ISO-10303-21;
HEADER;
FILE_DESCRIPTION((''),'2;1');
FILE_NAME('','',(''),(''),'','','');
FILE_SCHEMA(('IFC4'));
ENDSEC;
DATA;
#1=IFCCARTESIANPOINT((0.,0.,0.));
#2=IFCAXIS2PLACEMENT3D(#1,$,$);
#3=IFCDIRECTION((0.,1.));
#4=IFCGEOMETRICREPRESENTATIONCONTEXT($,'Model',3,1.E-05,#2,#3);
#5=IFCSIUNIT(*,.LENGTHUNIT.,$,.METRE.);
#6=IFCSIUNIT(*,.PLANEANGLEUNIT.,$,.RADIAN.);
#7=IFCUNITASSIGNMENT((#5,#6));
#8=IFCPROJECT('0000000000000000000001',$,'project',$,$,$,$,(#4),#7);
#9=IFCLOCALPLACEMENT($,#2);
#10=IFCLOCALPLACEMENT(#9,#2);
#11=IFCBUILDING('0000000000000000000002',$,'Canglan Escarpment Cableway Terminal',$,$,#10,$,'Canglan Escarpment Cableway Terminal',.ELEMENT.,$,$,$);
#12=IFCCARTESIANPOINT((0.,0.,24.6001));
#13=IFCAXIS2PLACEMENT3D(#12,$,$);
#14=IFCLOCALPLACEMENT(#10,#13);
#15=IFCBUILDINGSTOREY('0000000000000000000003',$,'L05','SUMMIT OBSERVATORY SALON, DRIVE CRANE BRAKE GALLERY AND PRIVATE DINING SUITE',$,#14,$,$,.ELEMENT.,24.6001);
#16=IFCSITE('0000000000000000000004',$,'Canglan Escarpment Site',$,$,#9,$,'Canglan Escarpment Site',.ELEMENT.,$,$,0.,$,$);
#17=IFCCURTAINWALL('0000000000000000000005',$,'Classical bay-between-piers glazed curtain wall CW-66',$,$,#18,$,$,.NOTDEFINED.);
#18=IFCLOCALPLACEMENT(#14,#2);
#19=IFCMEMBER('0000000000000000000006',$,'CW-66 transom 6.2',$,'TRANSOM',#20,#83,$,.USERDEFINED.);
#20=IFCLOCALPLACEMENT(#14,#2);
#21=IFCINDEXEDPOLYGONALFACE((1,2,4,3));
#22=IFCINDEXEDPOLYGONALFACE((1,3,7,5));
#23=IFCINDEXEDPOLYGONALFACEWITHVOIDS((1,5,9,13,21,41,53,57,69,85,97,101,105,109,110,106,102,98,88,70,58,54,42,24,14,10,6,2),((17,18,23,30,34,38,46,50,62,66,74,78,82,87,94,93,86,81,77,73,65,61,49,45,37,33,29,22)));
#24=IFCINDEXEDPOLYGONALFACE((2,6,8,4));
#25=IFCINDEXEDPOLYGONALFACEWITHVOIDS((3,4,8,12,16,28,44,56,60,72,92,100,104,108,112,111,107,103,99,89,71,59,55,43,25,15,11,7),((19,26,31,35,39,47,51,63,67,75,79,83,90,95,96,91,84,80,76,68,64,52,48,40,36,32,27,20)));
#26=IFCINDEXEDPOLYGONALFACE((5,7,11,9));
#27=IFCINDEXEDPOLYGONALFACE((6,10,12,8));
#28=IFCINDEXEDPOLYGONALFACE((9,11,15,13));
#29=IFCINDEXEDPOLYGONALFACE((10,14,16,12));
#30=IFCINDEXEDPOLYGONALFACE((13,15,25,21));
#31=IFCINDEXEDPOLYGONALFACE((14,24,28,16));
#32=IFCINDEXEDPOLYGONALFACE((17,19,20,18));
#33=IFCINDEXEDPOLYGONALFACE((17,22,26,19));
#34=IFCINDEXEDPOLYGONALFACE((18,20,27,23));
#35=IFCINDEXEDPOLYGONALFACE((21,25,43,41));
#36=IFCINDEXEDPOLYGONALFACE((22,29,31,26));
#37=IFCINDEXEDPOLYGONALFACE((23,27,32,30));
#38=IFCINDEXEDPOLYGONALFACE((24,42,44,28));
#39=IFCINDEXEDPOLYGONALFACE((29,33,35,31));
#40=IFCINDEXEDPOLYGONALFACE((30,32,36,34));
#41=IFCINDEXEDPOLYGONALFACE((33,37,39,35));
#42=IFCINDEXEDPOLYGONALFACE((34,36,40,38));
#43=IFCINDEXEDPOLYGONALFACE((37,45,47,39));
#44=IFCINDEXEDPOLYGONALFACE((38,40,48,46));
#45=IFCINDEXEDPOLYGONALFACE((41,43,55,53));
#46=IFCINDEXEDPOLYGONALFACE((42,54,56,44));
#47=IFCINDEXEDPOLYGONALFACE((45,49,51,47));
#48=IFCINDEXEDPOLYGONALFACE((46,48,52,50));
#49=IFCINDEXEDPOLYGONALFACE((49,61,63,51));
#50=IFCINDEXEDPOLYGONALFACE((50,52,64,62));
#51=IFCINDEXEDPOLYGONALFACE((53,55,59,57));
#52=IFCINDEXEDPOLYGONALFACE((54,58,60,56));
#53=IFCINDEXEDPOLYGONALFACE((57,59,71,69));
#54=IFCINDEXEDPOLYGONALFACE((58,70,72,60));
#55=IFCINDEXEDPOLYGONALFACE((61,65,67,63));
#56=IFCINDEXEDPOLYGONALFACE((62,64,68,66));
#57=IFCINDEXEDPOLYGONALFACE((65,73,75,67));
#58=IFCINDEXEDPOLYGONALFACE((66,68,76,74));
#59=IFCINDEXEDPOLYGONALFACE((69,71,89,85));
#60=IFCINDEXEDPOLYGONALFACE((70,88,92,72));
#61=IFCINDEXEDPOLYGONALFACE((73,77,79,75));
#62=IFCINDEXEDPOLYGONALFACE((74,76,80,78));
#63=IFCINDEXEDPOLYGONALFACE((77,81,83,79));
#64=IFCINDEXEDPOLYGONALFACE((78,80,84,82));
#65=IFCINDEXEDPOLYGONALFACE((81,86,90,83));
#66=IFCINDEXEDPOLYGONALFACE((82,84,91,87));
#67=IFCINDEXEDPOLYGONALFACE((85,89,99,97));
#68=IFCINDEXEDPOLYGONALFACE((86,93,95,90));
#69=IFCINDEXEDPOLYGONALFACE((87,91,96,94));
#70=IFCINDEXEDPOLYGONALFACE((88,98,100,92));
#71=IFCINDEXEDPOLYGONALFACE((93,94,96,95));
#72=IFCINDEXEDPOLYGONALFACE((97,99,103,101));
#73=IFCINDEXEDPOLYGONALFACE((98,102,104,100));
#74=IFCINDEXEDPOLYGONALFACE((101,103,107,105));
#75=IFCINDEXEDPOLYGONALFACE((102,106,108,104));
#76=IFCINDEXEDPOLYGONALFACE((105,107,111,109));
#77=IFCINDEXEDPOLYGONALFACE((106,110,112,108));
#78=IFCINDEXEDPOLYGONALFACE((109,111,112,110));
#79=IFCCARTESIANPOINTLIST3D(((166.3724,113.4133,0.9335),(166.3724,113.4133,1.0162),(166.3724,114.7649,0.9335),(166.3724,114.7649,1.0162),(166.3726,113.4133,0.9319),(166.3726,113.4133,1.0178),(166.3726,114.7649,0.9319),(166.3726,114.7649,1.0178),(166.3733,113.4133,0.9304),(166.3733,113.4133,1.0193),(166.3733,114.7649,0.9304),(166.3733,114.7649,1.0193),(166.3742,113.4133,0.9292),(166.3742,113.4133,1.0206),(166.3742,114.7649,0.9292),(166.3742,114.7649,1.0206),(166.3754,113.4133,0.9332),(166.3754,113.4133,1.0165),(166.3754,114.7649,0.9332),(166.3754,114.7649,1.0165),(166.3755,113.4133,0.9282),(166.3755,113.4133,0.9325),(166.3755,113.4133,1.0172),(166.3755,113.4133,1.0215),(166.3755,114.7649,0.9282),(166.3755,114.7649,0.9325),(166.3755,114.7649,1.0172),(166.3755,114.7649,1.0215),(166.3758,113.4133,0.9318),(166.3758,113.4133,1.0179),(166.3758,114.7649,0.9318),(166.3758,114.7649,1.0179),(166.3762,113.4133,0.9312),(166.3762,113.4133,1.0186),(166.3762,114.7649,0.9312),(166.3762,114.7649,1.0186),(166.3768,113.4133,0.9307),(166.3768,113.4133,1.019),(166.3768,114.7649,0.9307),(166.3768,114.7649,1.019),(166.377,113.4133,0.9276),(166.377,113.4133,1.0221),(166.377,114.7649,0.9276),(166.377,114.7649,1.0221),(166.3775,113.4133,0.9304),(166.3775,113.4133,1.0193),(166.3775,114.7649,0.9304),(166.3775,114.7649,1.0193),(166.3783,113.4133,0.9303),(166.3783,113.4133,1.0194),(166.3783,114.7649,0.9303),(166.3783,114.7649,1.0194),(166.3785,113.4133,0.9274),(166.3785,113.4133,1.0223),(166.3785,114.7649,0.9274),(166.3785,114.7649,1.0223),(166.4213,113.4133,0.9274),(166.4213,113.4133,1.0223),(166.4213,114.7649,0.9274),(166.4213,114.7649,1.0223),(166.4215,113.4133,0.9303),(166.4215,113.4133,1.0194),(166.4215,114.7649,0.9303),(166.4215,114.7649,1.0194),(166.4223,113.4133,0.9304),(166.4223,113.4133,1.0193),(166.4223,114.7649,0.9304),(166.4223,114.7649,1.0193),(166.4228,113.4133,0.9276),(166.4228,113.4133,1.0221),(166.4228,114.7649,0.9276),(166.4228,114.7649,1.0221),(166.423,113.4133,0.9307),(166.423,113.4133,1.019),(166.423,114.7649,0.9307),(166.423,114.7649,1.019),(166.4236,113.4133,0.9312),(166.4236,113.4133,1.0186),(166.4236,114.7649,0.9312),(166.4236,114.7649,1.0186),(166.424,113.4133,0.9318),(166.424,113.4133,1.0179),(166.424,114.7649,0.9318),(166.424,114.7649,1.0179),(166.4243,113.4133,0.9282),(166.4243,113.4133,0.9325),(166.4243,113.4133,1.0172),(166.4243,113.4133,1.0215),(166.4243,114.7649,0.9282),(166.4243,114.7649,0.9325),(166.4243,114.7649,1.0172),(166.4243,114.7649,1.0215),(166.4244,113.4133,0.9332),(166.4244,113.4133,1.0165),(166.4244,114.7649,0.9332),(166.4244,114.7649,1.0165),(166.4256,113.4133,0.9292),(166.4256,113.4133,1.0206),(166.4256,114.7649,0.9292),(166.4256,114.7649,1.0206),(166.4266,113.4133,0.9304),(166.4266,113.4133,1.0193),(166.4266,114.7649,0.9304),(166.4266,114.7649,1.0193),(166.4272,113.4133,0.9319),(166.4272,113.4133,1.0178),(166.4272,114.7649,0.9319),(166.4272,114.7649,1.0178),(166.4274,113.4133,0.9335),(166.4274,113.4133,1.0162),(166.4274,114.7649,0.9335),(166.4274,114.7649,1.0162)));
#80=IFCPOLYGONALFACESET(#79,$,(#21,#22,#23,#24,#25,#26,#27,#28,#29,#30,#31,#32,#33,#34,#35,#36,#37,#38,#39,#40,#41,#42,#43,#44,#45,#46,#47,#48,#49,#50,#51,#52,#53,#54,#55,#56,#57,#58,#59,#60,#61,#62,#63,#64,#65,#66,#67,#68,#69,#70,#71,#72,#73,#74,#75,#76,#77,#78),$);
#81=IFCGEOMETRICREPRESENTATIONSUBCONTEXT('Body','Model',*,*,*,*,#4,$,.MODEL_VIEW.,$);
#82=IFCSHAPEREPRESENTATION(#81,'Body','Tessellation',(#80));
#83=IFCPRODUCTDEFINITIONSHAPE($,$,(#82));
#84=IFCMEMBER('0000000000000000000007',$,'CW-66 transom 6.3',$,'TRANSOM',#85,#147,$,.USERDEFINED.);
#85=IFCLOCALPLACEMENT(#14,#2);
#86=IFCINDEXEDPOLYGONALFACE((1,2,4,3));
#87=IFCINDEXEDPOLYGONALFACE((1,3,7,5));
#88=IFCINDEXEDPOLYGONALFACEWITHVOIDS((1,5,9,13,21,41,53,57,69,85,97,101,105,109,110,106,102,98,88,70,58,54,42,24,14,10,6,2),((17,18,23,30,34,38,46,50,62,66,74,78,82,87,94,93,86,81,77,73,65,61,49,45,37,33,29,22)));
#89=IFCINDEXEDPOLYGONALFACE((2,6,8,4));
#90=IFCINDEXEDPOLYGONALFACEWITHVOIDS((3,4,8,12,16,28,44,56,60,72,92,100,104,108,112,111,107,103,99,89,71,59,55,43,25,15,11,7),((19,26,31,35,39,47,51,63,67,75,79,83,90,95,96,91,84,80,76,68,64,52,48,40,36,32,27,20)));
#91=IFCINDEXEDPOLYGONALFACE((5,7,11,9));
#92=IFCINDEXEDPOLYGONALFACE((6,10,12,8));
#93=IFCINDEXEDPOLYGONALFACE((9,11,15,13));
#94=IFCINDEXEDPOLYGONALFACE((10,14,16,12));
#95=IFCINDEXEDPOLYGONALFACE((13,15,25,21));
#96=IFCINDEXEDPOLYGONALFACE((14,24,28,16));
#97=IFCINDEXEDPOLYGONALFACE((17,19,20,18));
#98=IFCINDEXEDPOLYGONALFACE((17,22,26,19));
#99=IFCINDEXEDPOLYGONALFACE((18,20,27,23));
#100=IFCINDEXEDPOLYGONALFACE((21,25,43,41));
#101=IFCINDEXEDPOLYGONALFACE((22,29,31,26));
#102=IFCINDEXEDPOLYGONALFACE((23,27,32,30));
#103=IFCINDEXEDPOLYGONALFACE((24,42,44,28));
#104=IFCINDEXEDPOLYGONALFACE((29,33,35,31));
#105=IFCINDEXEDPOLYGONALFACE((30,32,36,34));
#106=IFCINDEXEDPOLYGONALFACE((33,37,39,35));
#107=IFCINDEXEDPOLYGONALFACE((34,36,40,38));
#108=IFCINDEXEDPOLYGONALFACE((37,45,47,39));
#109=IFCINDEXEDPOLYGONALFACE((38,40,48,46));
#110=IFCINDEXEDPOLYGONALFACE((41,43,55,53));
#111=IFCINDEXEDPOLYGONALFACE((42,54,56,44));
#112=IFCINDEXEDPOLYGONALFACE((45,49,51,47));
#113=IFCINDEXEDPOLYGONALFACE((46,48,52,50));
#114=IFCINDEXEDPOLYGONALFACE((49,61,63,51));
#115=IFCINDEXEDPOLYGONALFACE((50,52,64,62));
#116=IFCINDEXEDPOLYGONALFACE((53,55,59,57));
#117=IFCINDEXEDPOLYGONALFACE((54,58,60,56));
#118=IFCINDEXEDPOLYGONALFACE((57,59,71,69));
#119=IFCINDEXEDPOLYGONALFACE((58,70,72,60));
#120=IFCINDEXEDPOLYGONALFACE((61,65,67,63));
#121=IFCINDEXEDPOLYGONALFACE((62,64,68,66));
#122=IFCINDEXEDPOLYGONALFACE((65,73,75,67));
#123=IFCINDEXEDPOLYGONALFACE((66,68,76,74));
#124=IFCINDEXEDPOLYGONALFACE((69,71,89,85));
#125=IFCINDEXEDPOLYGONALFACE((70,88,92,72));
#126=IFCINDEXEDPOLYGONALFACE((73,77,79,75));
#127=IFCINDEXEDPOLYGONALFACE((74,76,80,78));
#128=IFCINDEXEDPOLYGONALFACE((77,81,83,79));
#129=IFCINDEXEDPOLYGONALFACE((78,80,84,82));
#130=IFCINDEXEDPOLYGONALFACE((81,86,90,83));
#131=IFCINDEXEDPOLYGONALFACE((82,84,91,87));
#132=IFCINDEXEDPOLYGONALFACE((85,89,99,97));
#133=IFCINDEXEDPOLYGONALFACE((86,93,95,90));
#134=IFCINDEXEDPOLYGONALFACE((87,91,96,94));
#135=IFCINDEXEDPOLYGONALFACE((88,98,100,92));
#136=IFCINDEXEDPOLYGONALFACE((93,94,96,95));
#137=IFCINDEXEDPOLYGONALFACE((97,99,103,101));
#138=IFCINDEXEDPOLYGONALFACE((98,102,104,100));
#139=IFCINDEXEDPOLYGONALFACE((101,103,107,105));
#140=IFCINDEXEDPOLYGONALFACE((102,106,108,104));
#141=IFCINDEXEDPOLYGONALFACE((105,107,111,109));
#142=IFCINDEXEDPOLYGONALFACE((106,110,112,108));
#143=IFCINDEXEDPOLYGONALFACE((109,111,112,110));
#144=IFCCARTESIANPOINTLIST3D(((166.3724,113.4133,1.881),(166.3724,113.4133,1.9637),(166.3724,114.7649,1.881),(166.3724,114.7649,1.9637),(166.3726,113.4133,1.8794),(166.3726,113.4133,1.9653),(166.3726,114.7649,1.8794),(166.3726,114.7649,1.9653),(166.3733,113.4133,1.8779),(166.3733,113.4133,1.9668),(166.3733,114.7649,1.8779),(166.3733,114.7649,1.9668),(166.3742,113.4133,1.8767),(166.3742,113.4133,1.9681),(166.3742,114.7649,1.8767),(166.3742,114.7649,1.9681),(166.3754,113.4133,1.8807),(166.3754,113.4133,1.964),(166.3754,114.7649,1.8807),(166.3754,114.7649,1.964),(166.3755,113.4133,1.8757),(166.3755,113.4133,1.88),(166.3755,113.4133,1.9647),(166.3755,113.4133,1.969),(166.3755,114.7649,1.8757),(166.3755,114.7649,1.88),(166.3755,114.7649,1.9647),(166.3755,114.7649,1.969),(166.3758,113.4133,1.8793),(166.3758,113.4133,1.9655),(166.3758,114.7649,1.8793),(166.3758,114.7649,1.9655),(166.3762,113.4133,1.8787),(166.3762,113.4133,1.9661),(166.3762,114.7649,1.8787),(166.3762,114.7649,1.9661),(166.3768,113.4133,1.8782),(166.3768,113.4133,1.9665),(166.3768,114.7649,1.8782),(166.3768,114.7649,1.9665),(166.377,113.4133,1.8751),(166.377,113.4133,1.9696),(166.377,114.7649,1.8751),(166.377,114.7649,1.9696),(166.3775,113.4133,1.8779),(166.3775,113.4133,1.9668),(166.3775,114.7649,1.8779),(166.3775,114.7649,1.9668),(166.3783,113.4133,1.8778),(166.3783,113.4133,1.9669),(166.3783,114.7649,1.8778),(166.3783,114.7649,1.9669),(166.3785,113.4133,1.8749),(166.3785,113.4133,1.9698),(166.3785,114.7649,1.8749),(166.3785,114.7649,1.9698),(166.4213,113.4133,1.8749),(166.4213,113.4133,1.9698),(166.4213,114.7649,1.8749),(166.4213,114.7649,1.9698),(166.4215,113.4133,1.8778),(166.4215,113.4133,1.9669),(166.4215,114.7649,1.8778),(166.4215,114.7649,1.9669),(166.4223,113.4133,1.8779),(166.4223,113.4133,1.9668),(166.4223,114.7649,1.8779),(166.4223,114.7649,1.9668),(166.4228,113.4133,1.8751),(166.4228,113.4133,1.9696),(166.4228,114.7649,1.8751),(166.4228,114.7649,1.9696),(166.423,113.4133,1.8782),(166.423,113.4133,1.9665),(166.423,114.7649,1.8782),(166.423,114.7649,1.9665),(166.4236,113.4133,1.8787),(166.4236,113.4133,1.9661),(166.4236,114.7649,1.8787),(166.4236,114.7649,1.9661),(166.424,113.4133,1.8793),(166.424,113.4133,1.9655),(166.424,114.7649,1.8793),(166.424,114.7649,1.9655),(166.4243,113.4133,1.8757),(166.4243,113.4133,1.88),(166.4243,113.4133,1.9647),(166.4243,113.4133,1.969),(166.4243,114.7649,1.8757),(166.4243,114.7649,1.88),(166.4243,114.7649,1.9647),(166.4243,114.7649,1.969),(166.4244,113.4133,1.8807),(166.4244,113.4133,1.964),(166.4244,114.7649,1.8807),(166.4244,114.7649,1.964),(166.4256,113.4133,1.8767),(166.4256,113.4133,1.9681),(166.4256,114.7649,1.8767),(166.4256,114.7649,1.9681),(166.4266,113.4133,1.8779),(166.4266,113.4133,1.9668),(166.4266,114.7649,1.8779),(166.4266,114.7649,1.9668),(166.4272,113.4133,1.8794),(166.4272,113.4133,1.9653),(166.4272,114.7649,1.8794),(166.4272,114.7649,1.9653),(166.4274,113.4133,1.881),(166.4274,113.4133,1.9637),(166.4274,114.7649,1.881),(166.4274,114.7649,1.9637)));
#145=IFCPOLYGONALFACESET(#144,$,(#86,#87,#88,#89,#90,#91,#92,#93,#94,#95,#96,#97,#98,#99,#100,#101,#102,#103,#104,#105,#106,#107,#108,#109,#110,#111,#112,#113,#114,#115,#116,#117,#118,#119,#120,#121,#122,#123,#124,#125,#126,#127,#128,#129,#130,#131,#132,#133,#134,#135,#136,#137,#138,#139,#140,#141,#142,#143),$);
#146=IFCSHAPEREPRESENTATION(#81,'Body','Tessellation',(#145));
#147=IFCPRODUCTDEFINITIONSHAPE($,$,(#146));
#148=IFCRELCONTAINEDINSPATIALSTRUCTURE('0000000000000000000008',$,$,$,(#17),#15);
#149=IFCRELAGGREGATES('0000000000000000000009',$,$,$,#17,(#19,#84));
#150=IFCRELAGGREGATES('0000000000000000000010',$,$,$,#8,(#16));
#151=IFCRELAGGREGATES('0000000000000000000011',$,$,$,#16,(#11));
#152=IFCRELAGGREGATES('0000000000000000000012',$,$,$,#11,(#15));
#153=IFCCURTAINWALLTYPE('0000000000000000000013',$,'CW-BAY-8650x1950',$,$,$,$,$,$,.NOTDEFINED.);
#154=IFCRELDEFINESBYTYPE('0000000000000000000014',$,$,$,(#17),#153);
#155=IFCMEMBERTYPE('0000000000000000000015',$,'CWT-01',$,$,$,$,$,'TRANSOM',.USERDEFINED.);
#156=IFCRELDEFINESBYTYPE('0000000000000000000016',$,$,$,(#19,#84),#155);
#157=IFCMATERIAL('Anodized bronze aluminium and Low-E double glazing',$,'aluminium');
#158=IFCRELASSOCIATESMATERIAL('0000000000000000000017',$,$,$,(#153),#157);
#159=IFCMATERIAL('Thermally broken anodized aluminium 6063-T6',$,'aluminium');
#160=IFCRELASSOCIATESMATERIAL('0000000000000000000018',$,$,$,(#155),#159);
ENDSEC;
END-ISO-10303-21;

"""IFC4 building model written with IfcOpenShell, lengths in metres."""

from ifc_helpers import new_model, si_unit, direction, frame, origin, origin_2d, place, context, subcontext, project, spatial, hollow_rectangle, extrude, material, material_profile, profile_set, type_object, element, aggregate, save


model = new_model("IFC4")

# Units and contexts
model_context = context("Model", 3, precision=1e-05, world=origin(), true_north=direction((0.0, 1.0)))
body_context = subcontext(model_context, "Body", "Model", "MODEL_VIEW")
ifc_project = project(units=[si_unit("LENGTHUNIT", "METRE"), si_unit("PLANEANGLEUNIT", "RADIAN")], contexts=[model_context])

# Site, building, storey
site_placement = place(None, origin())
site = spatial("IfcSite", under=ifc_project, at=site_placement, Name="Canglan Escarpment Site", LongName="Canglan Escarpment Site", CompositionType="ELEMENT", RefElevation=0.0)
building_placement = place(site_placement, origin())
building = spatial("IfcBuilding", under=site, at=building_placement, Name="Canglan Escarpment Cableway Terminal", LongName="Canglan Escarpment Cableway Terminal", CompositionType="ELEMENT")
storey_placement = place(building_placement, frame((0.0, 0.0, 24.6001)))
storey = spatial("IfcBuildingStorey", under=building, at=storey_placement, Name="L05", Description="SUMMIT OBSERVATORY SALON, DRIVE CRANE BRAKE GALLERY AND PRIVATE DINING SUITE", CompositionType="ELEMENT", Elevation=24.6001)

# Curtain wall
ifc_material_1 = material(Name="Anodized bronze aluminium and Low-E double glazing", Category="aluminium")
curtain_wall_type = type_object("IfcCurtainWallType", Name="CW-BAY-8650x1950", PredefinedType="NOTDEFINED", material=ifc_material_1)
curtain_wall_1_placement = place(storey_placement, origin())
curtain_wall_1 = element("IfcCurtainWall", 1, at=curtain_wall_1_placement, inside=storey, type_object=curtain_wall_type, Name="Classical bay-between-piers glazed curtain wall CW-66", PredefinedType="NOTDEFINED")
ifc_material_2 = material(Name="Thermally broken anodized aluminium 6063-T6", Category="aluminium")

# Members
ifc_material_profile_1 = material_profile(ifc_material_2, hollow_rectangle(XDim=0.0549, YDim=0.095, WallThickness=0.0029, InnerFilletRadius=0.0029, OuterFilletRadius=0.0061, at=origin_2d()), Name="ALU-TRAN 55x95x3")
ifc_profile_set_1 = profile_set([ifc_material_profile_1], Name="Thermally broken anodized aluminium 6063-T6")
member_type_1 = type_object("IfcMemberType", Name="CWT-01", ElementType="TRANSOM", PredefinedType="USERDEFINED", material=ifc_profile_set_1)
member_1_placement = place(storey_placement, frame((166.3999, 113.4133, 0.9749), z_axis=(0.0, 1.0, 0.0), x_axis=(-1.0, 0.0, 0.0)))
member_1 = element("IfcMember", 2, at=member_1_placement, type_object=member_type_1, Name="CW-66 transom 6.2", ObjectType="TRANSOM", PredefinedType="USERDEFINED", context=body_context, shape_type="SweptSolid", body=[
    extrude(hollow_rectangle(XDim=0.0549, YDim=0.095, WallThickness=0.0029, InnerFilletRadius=0.0029, OuterFilletRadius=0.0061, at=origin_2d()), origin(), (0.0, 0.0, 1.0), 1.3516),
])
member_2_placement = place(storey_placement, frame((166.3999, 113.4133, 1.9224), z_axis=(0.0, 1.0, 0.0), x_axis=(-1.0, 0.0, 0.0)))
member_2 = element("IfcMember", 3, at=member_2_placement, type_object=member_type_1, Name="CW-66 transom 6.3", ObjectType="TRANSOM", PredefinedType="USERDEFINED", context=body_context, shape_type="SweptSolid", body=[
    extrude(hollow_rectangle(XDim=0.0549, YDim=0.095, WallThickness=0.0029, InnerFilletRadius=0.0029, OuterFilletRadius=0.0061, at=origin_2d()), origin(), (0.0, 0.0, 1.0), 1.3516),
])

aggregate(curtain_wall_1, [member_1, member_2])

save(model, "model.ifc")
